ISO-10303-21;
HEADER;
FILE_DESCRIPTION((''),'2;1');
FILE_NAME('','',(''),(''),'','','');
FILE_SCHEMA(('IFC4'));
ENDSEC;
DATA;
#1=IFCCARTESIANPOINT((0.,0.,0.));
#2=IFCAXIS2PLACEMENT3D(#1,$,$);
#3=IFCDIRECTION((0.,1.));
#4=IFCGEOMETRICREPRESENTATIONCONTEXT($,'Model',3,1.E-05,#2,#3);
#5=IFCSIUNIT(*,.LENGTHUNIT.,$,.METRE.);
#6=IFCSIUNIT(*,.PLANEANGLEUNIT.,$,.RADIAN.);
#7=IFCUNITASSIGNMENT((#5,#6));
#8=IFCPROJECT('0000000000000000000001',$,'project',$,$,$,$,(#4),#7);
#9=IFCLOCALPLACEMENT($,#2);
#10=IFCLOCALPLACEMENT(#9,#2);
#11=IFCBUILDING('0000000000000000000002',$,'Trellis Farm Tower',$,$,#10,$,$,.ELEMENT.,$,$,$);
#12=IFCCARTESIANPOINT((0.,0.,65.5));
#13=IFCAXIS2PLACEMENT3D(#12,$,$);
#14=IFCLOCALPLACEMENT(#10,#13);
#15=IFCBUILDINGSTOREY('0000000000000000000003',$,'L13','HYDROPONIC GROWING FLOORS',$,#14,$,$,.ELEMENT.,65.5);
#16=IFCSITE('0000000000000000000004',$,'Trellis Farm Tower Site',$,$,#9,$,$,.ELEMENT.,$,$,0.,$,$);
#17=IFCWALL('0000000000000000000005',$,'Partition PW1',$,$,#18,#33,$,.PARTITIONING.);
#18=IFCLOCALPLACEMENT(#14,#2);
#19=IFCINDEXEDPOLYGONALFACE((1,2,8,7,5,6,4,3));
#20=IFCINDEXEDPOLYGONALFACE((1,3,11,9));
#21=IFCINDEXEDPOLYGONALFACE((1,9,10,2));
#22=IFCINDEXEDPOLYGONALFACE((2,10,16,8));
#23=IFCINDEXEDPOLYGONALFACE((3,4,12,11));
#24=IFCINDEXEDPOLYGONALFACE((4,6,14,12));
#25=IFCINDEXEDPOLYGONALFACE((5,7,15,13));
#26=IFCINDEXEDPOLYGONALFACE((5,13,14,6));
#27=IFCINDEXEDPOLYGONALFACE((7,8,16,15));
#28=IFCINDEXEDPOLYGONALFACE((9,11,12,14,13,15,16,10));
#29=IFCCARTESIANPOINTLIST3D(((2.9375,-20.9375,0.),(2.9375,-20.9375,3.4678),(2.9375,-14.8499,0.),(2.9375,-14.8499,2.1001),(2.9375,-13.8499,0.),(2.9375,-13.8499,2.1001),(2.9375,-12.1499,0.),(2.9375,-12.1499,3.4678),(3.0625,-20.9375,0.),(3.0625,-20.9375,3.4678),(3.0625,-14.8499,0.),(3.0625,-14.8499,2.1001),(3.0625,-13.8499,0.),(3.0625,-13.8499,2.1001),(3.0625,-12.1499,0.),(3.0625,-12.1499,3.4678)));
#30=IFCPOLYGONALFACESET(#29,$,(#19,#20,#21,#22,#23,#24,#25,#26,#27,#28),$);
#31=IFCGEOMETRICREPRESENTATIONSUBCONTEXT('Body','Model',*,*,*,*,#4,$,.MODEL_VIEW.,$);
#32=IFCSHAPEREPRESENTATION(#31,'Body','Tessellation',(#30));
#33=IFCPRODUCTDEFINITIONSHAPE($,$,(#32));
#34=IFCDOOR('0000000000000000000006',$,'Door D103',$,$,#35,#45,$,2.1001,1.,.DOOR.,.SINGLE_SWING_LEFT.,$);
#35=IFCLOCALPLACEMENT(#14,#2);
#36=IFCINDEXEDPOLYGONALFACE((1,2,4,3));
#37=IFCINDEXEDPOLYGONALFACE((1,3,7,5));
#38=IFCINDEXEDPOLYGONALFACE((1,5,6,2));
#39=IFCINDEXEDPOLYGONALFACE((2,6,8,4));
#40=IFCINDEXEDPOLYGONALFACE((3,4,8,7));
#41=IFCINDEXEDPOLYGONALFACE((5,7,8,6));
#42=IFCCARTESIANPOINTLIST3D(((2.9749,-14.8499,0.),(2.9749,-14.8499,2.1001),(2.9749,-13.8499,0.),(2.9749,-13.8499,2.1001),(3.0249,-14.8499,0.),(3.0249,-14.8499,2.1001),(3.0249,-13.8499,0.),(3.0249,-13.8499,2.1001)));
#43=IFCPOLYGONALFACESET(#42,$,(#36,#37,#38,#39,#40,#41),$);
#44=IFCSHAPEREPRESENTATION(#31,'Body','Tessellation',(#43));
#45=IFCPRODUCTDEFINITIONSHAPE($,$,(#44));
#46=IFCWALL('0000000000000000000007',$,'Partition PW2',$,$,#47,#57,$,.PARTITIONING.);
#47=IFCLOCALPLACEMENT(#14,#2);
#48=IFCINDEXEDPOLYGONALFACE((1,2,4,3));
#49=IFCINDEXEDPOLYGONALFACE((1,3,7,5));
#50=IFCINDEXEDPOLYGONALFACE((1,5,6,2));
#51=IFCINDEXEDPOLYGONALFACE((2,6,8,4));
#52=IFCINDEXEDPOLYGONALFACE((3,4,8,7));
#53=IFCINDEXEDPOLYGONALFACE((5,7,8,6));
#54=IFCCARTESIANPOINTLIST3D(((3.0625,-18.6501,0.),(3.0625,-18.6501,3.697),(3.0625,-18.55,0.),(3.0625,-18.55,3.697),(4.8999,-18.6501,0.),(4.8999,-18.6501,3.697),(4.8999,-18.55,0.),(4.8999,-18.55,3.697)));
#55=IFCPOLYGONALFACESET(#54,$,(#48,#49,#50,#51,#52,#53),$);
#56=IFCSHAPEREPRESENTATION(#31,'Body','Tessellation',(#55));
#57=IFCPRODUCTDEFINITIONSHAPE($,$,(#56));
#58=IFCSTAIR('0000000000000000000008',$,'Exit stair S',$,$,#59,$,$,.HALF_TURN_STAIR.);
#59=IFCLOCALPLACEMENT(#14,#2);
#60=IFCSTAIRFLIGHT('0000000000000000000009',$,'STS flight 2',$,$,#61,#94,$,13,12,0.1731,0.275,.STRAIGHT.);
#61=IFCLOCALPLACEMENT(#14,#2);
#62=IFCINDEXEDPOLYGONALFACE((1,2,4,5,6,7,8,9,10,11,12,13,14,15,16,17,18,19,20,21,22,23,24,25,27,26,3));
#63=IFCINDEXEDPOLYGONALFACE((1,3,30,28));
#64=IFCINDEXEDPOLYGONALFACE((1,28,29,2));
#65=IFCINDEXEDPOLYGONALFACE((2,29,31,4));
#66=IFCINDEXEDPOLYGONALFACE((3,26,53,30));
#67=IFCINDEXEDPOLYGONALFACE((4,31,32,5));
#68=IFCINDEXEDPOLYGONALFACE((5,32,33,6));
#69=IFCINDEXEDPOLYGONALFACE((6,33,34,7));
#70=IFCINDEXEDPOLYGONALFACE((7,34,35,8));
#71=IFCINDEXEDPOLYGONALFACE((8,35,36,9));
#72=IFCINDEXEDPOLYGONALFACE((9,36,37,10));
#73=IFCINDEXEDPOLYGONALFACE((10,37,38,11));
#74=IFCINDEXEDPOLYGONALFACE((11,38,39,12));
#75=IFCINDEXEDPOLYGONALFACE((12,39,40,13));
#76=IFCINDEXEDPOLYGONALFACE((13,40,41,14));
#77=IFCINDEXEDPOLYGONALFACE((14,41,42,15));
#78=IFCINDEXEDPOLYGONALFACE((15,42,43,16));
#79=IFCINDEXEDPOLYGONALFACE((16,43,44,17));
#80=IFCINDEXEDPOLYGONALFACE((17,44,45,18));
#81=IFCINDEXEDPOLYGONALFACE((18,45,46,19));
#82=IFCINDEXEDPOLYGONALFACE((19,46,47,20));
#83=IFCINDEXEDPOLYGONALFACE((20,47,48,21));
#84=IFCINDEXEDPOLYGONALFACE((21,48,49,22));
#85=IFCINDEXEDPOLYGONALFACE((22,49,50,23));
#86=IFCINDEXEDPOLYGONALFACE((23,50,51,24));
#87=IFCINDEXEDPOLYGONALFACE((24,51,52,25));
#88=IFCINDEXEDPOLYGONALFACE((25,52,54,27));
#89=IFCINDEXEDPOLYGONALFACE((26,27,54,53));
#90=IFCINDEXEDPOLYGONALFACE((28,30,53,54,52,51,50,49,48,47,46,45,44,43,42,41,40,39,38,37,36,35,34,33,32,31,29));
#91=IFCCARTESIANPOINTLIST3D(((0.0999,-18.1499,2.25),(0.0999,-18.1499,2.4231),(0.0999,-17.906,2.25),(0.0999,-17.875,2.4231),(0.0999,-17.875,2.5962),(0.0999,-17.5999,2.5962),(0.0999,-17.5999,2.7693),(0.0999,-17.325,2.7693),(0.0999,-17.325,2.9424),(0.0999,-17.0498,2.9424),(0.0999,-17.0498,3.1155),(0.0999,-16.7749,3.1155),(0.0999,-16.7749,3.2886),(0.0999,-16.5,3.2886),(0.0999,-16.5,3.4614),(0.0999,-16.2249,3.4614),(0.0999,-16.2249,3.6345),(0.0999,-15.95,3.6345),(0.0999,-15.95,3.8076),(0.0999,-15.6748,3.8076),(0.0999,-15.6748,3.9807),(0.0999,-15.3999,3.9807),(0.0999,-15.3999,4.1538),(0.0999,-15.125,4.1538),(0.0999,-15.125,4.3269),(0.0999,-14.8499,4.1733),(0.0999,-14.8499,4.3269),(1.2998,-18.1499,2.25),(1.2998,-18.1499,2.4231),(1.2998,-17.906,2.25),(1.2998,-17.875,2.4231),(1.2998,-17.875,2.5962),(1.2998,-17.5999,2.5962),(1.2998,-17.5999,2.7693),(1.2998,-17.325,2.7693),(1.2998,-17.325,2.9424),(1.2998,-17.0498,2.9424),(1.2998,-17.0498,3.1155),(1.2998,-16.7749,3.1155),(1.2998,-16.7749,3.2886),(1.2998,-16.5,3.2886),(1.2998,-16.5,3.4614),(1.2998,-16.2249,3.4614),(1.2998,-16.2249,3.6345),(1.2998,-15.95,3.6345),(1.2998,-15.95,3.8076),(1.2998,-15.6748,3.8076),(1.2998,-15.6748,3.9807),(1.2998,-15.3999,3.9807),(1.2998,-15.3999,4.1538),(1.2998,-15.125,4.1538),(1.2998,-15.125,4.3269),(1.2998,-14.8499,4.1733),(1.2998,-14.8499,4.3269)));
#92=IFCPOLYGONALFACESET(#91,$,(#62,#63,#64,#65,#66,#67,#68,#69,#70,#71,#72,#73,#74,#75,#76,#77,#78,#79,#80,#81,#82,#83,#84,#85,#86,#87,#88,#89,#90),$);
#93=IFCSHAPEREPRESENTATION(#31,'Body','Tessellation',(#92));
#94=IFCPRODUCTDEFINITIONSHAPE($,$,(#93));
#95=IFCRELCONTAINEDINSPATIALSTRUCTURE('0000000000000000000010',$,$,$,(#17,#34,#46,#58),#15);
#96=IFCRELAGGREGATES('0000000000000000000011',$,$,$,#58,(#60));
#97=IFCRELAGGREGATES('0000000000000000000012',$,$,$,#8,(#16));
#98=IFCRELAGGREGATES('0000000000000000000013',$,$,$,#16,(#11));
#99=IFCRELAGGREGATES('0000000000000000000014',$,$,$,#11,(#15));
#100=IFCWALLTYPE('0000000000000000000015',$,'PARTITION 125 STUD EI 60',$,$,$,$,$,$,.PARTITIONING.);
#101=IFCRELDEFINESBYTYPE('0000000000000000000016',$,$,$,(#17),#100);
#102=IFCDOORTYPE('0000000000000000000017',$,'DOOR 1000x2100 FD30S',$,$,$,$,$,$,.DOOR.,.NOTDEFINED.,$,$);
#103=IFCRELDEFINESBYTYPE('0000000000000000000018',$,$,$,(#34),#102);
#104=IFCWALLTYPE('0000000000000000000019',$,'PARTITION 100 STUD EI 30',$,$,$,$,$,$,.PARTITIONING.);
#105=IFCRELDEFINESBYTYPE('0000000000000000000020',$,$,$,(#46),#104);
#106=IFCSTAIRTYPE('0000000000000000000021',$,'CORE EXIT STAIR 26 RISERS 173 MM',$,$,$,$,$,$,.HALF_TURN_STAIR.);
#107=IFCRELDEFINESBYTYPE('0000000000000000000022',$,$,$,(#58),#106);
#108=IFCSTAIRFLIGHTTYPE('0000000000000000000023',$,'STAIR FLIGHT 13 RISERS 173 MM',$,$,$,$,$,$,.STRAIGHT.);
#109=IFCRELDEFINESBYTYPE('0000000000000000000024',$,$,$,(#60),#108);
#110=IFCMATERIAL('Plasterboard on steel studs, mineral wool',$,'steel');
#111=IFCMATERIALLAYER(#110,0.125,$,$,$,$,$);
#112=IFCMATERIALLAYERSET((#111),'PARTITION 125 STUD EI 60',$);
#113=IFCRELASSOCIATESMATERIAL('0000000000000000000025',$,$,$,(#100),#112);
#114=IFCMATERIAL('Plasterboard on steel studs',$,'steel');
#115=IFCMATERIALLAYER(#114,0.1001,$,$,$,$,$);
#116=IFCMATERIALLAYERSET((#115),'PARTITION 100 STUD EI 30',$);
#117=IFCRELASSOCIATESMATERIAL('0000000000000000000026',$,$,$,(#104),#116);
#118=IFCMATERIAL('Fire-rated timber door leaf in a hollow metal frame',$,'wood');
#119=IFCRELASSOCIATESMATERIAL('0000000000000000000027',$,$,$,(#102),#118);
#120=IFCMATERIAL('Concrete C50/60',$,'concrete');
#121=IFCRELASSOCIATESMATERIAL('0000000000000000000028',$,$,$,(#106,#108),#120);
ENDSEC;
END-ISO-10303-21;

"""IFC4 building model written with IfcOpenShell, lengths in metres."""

from ifc_helpers import new_model, si_unit, direction, frame, frame_2d, origin, place, context, subcontext, project, spatial, polyline, rectangle, outline, extrude, source, transform, mapped, material, layer, layer_set, type_object, element, fill, aggregate, save


model = new_model("IFC4")

# Units and contexts
model_context = context("Model", 3, precision=1e-05, world=origin(), true_north=direction((0.0, 1.0)))
body_context = subcontext(model_context, "Body", "Model", "MODEL_VIEW")
ifc_project = project(units=[si_unit("LENGTHUNIT", "METRE"), si_unit("PLANEANGLEUNIT", "RADIAN")], contexts=[model_context])

# Site, building, storey
site_placement = place(None, origin())
site = spatial("IfcSite", under=ifc_project, at=site_placement, Name="Trellis Farm Tower Site", CompositionType="ELEMENT", RefElevation=0.0)
building_placement = place(site_placement, origin())
building = spatial("IfcBuilding", under=site, at=building_placement, Name="Trellis Farm Tower", CompositionType="ELEMENT")
storey_placement = place(building_placement, frame((0.0, 0.0, 65.5)))
storey = spatial("IfcBuildingStorey", under=building, at=storey_placement, Name="L13", Description="HYDROPONIC GROWING FLOORS", CompositionType="ELEMENT", Elevation=65.5)

# Shared definitions
placement_1 = place(storey_placement, origin())

# Shared definitions
ifc_material_1 = material(Name="Plasterboard on steel studs, mineral wool", Category="steel")
ifc_layer_1 = layer(ifc_material_1, 0.125)
ifc_layer_set_1 = layer_set([ifc_layer_1], Name="PARTITION 125 STUD EI 60")
wall_type_1 = type_object("IfcWallType", Name="PARTITION 125 STUD EI 60", PredefinedType="PARTITIONING", material=ifc_layer_set_1)

# Shared definitions
ifc_material_2 = material(Name="Fire-rated timber door leaf in a hollow metal frame", Category="wood")

# Shared definitions
ifc_material_3 = material(Name="Plasterboard on steel studs", Category="steel")
ifc_layer_2 = layer(ifc_material_3, 0.1001)
ifc_layer_set_2 = layer_set([ifc_layer_2], Name="PARTITION 100 STUD EI 30")
wall_type_2 = type_object("IfcWallType", Name="PARTITION 100 STUD EI 30", PredefinedType="PARTITIONING", material=ifc_layer_set_2)

# Shared definitions
shared_shape_1 = source(origin(), body_context, "Body", "SweptSolid", [
    extrude(rectangle(XDim=1.0, YDim=2.1001, at=frame_2d((0.5, 1.05))), frame((0.0, 0.0725, 0.0), z_axis=(0.0, -1.0, 0.0), x_axis=(1.0, 0.0, 0.0)), (0.0, 0.0, 1.0), 0.145),
])
door_type_1 = type_object("IfcDoorType", Name="DOOR 1000x2100 FD30S", OperationType="NOTDEFINED", PredefinedType="DOOR", material=ifc_material_2)
shared_shape_2 = source(origin(), body_context, "Body", "SweptSolid", [
    extrude(rectangle(XDim=1.0, YDim=2.1001, at=frame_2d((0.5, 1.05))), frame((0.0, 0.0249, 0.0), z_axis=(0.0, -1.0, 0.0), x_axis=(1.0, 0.0, 0.0)), (0.0, 0.0, 1.0), 0.05),
])

# Wall, opening, door
shared_shape_3 = source(origin(), body_context, "Body", "SweptSolid", [
    extrude(rectangle(XDim=8.7876, YDim=0.125, at=frame_2d((4.3938, 0.0))), origin(), (0.0, 0.0, 1.0), 3.4678),
])
wall_1_placement = place(storey_placement, frame((3.0, -12.1499, 0.0), z_axis=(0.0, 0.0, 1.0), x_axis=(0.0, -1.0, 0.0)))
wall_1 = element("IfcWall", 1, at=wall_1_placement, inside=storey, type_object=wall_type_1, Name="Partition PW1", PredefinedType="PARTITIONING", context=body_context, shape_type="MappedRepresentation", body=[
    mapped(shared_shape_3, transform((0.0, 0.0, 0.0))),
])
opening_1_placement = place(wall_1_placement, frame((1.7, 0.0, 0.0)))
opening_1 = element("IfcOpeningElement", 2, at=opening_1_placement, cuts=wall_1, PredefinedType="OPENING", context=body_context, shape_type="MappedRepresentation", body=[
    mapped(shared_shape_1, transform((0.0, 0.0, 0.0))),
])
door_1_placement = place(opening_1_placement, origin())
door_1 = element("IfcDoor", 3, at=door_1_placement, inside=storey, type_object=door_type_1, Name="Door D103", OperationType="SINGLE_SWING_LEFT", OverallHeight=2.1001, OverallWidth=1.0, PredefinedType="DOOR", context=body_context, shape_type="MappedRepresentation", body=[
    mapped(shared_shape_2, transform((0.0, 0.0, 0.0))),
])
fill(opening_1, door_1)

# Wall
shared_shape_4 = source(origin(), body_context, "Body", "SweptSolid", [
    extrude(rectangle(XDim=1.8374, YDim=0.1001, at=frame_2d((0.9187, 0.0))), origin(), (0.0, 0.0, 1.0), 3.697),
])
wall_2_placement = place(storey_placement, frame((3.0625, -18.6001, 0.0), z_axis=(0.0, 0.0, 1.0), x_axis=(1.0, 0.0, 0.0)))
element("IfcWall", 4, at=wall_2_placement, inside=storey, type_object=wall_type_2, Name="Partition PW2", PredefinedType="PARTITIONING", context=body_context, shape_type="MappedRepresentation", body=[
    mapped(shared_shape_4, transform((0.0, 0.0, 0.0))),
])

# Stair, stair flight
ifc_material_4 = material(Name="Concrete C50/60", Category="concrete")
stair_type = type_object("IfcStairType", Name="CORE EXIT STAIR 26 RISERS 173 MM", PredefinedType="HALF_TURN_STAIR", material=ifc_material_4)
stair = element("IfcStair", 5, at=placement_1, inside=storey, type_object=stair_type, Name="Exit stair S", PredefinedType="HALF_TURN_STAIR")
stair_flight_type = type_object("IfcStairFlightType", Name="STAIR FLIGHT 13 RISERS 173 MM", PredefinedType="STRAIGHT", material=ifc_material_4)
shared_shape_5 = source(origin(), body_context, "Body", "SweptSolid", [
    extrude(outline(polyline([(0.0, 0.0), (0.0, 0.1731), (0.2749, 0.1731), (0.2749, 0.3462), (0.55, 0.3462), (0.55, 0.5193), (0.825, 0.5193), (0.825, 0.6924), (1.1001, 0.6924), (1.1001, 0.8655), (1.375, 0.8655), (1.375, 1.0386), (1.6499, 1.0386), (1.6499, 1.2114), (1.925, 1.2114), (1.925, 1.3845), (2.2, 1.3845), (2.2, 1.5576), (2.4751, 1.5576), (2.4751, 1.7307), (2.75, 1.7307), (2.75, 1.9038), (3.0249, 1.9038), (3.0249, 2.0769), (3.3, 2.0769), (3.3, 2.25), (3.3, 1.9233), (0.2439, 0.0), (0.0, 0.0)])), frame((0.0, 0.6001, 0.0), z_axis=(0.0, -1.0, 0.0), x_axis=(1.0, 0.0, 0.0)), (0.0, 0.0, 1.0), 1.2),
])
stair_flight_placement = place(storey_placement, frame((0.7, -18.1499, 2.25), z_axis=(0.0, 0.0, 1.0), x_axis=(0.0, 1.0, 0.0)))
stair_flight = element("IfcStairFlight", 6, at=stair_flight_placement, type_object=stair_flight_type, Name="STS flight 2", NumberOfRisers=13, NumberOfTreads=12, PredefinedType="STRAIGHT", RiserHeight=0.1731, TreadLength=0.275, context=body_context, shape_type="MappedRepresentation", body=[
    mapped(shared_shape_5, transform((0.0, 0.0, 0.0))),
])
aggregate(stair, [stair_flight])

save(model, "model.ifc")
